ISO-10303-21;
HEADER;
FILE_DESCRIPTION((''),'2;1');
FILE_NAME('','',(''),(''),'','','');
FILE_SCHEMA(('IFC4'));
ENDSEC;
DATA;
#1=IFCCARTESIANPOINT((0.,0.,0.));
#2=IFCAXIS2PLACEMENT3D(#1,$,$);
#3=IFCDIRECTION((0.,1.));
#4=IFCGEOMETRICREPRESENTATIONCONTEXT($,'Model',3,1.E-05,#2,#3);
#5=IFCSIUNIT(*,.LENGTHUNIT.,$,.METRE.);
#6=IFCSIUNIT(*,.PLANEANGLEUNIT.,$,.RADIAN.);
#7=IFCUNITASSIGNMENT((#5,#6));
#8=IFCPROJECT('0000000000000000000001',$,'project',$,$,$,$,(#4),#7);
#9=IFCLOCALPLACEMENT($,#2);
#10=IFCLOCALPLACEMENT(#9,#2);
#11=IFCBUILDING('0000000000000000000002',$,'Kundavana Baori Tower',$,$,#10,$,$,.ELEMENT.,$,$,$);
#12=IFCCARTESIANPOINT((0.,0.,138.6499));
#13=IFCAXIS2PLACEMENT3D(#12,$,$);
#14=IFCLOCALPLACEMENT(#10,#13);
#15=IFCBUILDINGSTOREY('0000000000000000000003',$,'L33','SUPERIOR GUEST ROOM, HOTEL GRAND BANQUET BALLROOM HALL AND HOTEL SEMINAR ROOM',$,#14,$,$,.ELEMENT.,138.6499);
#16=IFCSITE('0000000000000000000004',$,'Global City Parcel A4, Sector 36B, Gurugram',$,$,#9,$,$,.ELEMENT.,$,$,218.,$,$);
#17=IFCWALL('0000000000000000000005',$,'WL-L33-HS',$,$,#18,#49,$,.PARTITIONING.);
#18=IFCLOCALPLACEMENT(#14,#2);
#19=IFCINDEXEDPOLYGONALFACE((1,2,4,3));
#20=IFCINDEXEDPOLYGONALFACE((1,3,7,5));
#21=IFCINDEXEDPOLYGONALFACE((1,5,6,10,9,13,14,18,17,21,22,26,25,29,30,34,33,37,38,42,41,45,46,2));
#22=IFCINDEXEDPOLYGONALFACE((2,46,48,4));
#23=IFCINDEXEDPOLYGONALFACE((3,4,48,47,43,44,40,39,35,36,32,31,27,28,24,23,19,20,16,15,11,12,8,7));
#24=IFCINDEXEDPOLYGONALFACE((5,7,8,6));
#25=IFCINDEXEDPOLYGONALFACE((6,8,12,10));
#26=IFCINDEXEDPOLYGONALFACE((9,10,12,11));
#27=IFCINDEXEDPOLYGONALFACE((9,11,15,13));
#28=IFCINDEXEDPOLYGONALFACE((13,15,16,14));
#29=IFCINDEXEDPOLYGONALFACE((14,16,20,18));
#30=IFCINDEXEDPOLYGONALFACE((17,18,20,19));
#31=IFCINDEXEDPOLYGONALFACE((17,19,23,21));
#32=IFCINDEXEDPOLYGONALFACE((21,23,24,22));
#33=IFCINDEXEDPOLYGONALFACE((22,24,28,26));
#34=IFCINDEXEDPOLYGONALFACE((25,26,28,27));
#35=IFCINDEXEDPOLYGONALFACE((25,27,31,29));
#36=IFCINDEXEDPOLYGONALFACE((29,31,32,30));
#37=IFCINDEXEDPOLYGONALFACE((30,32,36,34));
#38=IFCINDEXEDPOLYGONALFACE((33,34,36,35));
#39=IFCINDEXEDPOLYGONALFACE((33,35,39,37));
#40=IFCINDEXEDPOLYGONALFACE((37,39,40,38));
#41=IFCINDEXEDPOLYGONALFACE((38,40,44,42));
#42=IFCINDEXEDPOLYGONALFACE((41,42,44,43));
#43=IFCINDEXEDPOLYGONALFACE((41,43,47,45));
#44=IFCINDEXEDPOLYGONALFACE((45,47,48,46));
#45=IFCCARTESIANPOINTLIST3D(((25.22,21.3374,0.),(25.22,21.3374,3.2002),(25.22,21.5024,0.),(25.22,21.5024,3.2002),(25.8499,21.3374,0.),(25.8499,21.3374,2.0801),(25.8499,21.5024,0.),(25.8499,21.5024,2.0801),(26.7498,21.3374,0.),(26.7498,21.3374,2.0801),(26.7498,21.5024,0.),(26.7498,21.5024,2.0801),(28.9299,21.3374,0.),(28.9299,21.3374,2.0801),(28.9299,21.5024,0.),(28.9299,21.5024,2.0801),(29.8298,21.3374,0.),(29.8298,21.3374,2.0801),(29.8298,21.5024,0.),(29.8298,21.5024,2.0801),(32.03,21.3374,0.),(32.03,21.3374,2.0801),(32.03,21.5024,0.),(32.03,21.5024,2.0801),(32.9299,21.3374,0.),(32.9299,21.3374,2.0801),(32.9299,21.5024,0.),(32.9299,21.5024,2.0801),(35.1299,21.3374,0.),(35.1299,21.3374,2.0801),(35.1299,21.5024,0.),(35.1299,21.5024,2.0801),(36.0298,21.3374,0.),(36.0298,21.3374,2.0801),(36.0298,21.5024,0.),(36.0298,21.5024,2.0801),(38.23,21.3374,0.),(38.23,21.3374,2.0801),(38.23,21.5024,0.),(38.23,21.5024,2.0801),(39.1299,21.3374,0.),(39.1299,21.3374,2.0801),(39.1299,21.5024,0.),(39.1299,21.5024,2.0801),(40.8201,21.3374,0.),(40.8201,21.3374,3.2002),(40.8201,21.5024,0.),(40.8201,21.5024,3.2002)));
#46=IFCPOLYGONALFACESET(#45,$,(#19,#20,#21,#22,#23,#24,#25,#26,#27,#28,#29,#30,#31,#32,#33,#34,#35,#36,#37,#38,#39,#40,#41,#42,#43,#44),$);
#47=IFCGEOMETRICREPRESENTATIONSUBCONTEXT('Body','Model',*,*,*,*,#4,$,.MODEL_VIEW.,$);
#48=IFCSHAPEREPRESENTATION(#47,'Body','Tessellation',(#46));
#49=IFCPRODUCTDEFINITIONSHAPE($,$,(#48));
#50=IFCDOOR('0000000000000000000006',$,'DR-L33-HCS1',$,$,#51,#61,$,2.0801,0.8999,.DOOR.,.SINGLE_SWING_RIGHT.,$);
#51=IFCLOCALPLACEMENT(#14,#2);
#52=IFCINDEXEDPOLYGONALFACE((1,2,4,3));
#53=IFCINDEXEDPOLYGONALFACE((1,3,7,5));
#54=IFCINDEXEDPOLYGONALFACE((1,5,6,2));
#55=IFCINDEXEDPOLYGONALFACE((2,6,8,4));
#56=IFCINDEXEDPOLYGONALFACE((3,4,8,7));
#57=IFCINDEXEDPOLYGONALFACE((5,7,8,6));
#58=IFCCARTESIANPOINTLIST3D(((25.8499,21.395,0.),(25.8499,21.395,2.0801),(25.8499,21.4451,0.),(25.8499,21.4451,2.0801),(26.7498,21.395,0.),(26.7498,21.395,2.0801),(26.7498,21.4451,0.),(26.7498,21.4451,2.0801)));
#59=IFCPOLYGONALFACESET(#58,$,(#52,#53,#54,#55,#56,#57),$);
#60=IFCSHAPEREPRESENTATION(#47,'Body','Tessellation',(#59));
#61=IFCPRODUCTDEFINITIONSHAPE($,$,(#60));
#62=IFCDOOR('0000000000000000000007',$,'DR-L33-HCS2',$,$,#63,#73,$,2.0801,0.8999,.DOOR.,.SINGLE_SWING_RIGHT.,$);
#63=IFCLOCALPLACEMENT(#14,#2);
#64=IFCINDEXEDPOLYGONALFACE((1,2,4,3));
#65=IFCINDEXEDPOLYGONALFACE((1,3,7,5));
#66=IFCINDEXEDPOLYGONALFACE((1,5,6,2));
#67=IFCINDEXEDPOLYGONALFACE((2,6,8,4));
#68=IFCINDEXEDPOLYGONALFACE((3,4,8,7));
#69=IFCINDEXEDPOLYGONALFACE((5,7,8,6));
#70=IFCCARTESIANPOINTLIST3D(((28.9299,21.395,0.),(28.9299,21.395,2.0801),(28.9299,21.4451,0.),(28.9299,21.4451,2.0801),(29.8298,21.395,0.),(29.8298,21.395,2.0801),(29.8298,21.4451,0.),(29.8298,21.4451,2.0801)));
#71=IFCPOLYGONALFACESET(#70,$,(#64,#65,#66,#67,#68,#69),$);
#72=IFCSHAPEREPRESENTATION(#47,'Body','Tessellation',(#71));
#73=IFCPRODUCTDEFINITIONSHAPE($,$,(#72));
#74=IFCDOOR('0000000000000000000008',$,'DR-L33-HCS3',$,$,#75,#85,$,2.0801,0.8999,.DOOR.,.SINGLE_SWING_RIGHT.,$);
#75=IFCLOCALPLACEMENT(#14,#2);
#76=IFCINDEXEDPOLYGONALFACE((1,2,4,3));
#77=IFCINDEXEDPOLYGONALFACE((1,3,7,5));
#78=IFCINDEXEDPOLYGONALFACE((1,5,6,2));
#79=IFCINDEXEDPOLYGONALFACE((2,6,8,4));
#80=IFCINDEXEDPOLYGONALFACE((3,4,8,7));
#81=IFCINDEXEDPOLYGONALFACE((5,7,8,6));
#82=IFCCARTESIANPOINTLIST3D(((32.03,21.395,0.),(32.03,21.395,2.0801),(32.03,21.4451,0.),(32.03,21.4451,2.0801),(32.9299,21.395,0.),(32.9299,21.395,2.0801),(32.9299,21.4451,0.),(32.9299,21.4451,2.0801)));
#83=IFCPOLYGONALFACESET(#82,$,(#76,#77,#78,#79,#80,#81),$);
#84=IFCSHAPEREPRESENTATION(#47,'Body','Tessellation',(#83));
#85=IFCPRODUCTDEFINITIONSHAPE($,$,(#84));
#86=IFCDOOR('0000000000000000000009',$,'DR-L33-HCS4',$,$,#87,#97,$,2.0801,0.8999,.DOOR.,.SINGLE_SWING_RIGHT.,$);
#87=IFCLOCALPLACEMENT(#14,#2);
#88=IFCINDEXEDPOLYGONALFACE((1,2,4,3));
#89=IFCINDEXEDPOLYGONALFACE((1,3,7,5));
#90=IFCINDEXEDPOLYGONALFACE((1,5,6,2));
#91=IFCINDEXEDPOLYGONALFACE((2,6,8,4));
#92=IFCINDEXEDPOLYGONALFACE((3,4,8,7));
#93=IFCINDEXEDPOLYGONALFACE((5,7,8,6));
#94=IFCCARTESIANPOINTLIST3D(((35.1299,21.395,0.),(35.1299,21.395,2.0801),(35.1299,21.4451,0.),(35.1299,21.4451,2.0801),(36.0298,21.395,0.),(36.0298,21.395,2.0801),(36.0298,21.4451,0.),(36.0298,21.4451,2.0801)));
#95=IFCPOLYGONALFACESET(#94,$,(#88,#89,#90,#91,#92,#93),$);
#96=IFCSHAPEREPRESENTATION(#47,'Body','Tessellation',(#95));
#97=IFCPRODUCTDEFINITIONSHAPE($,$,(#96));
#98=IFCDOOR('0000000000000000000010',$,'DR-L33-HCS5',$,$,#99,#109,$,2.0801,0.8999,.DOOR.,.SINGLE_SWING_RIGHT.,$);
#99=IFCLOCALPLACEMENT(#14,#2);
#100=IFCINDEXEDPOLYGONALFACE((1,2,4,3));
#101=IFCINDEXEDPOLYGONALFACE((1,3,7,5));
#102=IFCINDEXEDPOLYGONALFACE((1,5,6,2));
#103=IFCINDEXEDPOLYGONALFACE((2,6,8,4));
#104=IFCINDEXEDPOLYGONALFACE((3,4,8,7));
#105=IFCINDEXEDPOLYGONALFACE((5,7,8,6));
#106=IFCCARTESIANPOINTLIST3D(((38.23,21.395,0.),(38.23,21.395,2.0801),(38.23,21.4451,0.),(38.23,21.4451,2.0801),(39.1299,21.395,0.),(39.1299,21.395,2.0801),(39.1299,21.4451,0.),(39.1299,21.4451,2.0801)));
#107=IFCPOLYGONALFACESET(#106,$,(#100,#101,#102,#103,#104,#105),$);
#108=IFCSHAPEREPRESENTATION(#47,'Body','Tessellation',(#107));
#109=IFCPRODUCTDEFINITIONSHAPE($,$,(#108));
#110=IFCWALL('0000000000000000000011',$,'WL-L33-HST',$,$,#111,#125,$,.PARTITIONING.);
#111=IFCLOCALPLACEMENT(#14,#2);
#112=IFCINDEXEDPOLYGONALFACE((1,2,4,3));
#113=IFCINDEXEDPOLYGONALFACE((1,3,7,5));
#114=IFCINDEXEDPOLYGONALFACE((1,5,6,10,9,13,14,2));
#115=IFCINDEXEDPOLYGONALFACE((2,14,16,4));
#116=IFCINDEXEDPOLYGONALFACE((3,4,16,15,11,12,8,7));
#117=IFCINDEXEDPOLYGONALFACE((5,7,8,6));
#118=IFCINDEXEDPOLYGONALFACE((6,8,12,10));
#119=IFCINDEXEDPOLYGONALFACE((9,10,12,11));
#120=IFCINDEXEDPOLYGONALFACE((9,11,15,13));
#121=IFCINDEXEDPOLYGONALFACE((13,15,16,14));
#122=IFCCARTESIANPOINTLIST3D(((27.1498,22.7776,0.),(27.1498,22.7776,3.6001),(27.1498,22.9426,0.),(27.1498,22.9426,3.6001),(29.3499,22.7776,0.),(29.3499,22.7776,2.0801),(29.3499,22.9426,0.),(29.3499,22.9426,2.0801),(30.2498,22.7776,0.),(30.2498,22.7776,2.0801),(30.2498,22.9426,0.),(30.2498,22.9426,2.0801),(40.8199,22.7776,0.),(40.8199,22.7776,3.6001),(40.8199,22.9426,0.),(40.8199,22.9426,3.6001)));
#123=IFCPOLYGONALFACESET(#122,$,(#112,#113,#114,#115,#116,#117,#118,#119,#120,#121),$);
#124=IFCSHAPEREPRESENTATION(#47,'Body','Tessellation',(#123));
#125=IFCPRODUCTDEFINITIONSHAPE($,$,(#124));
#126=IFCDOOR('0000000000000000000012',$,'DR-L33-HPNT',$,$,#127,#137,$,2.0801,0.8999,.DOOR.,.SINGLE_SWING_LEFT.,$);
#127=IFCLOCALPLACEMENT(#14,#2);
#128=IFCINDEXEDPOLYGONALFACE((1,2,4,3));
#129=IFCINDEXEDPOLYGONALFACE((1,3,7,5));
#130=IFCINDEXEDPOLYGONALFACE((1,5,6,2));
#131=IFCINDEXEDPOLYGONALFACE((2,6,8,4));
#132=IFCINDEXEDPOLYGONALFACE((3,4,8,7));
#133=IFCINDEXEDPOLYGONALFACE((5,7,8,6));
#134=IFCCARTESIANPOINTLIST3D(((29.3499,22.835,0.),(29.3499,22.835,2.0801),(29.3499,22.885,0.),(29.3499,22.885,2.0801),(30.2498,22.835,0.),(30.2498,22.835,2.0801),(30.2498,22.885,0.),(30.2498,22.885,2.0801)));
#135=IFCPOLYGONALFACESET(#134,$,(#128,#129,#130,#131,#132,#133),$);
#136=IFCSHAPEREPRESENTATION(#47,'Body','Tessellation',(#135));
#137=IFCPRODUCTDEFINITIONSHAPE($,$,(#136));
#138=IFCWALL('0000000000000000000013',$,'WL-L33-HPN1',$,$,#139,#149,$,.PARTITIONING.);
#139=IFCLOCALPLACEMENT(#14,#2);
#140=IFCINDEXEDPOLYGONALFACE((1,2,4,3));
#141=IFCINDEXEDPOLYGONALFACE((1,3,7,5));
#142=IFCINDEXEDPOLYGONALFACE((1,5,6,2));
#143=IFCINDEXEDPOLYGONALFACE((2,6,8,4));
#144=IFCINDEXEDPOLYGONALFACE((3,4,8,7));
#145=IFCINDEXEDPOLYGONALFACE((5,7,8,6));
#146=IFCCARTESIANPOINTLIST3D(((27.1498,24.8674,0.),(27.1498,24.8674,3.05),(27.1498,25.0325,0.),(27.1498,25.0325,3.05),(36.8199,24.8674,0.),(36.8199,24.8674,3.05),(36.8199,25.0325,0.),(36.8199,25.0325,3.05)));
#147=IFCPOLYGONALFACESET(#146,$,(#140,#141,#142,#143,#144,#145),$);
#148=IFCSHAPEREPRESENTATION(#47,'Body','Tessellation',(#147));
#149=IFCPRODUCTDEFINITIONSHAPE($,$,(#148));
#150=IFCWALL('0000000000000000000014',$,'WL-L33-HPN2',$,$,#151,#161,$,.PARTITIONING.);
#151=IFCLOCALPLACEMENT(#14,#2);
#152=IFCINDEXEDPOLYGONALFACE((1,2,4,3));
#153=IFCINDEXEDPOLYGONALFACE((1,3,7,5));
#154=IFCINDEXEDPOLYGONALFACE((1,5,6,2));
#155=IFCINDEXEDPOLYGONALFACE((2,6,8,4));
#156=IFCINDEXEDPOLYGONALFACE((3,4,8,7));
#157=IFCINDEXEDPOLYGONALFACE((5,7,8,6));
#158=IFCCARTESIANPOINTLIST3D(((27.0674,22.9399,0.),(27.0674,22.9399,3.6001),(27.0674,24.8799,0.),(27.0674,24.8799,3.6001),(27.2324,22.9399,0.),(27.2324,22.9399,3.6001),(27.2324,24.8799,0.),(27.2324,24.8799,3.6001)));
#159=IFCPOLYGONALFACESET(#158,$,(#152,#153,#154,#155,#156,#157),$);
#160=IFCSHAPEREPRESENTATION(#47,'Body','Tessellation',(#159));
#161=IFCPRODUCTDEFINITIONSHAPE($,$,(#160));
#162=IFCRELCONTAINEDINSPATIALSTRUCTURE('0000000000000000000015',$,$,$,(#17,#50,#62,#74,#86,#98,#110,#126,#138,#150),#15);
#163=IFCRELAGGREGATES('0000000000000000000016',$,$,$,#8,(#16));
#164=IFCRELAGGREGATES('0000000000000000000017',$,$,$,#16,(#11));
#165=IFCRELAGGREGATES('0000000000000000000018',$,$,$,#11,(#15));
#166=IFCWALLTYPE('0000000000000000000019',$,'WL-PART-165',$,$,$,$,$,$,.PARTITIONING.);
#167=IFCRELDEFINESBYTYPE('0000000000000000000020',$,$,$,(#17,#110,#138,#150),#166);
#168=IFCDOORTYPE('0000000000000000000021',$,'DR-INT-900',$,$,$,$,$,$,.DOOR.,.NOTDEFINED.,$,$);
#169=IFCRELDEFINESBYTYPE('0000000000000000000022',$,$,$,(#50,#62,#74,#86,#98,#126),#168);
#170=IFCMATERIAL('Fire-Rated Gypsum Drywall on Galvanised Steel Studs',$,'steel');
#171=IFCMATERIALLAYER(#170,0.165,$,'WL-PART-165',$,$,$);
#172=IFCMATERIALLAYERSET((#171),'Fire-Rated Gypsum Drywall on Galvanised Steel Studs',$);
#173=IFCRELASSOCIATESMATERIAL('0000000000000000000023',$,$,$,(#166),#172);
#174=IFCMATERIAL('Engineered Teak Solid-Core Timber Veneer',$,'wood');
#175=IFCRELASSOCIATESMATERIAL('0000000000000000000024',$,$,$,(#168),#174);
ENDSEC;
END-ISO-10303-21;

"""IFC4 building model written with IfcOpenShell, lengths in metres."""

from ifc_helpers import new_model, si_unit, direction, frame, frame_2d, origin, place, context, subcontext, project, spatial, rectangle, extrude, material, layer, layer_set, type_object, element, fill, save


model = new_model("IFC4")

# Units and contexts
model_context = context("Model", 3, precision=1e-05, world=origin(), true_north=direction((0.0, 1.0)))
body_context = subcontext(model_context, "Body", "Model", "MODEL_VIEW")
ifc_project = project(units=[si_unit("LENGTHUNIT", "METRE"), si_unit("PLANEANGLEUNIT", "RADIAN")], contexts=[model_context])

# Site, building, storey
site_placement = place(None, origin())
site = spatial("IfcSite", under=ifc_project, at=site_placement, Name="Global City Parcel A4, Sector 36B, Gurugram", CompositionType="ELEMENT", RefElevation=218.0)
building_placement = place(site_placement, origin())
building = spatial("IfcBuilding", under=site, at=building_placement, Name="Kundavana Baori Tower", CompositionType="ELEMENT")
storey_placement = place(building_placement, frame((0.0, 0.0, 138.6499)))
storey = spatial("IfcBuildingStorey", under=building, at=storey_placement, Name="L33", Description="SUPERIOR GUEST ROOM, HOTEL GRAND BANQUET BALLROOM HALL AND HOTEL SEMINAR ROOM", CompositionType="ELEMENT", Elevation=138.6499)

# Wall, openings, doors
ifc_material_1 = material(Name="Fire-Rated Gypsum Drywall on Galvanised Steel Studs", Category="steel")
ifc_layer = layer(ifc_material_1, 0.165, Name="WL-PART-165")
ifc_layer_set = layer_set([ifc_layer], Name="Fire-Rated Gypsum Drywall on Galvanised Steel Studs")
wall_type = type_object("IfcWallType", Name="WL-PART-165", PredefinedType="PARTITIONING", material=ifc_layer_set)
wall_1_placement = place(storey_placement, frame((25.22, 21.4199, 0.0), z_axis=(0.0, 0.0, 1.0), x_axis=(1.0, 0.0, 0.0)))
wall_1 = element("IfcWall", 1, at=wall_1_placement, inside=storey, type_object=wall_type, Name="WL-L33-HS", PredefinedType="PARTITIONING", context=body_context, shape_type="SweptSolid", body=[
    extrude(rectangle(XDim=15.6001, YDim=0.165, at=frame_2d((7.8, 0.0))), origin(), (0.0, 0.0, 1.0), 3.2002),
])
opening_1_placement = place(wall_1_placement, frame((0.6299, 0.0, 0.0)))
opening_1 = element("IfcOpeningElement", 2, at=opening_1_placement, cuts=wall_1, PredefinedType="OPENING", context=body_context, shape_type="SweptSolid", body=[
    extrude(rectangle(XDim=0.8999, YDim=2.0801, at=frame_2d((0.45, 1.04))), frame((0.0, 0.0925, 0.0), z_axis=(0.0, -1.0, 0.0), x_axis=(1.0, 0.0, 0.0)), (0.0, 0.0, 1.0), 0.1851),
])
opening_2_placement = place(wall_1_placement, frame((3.71, 0.0, 0.0)))
opening_2 = element("IfcOpeningElement", 3, at=opening_2_placement, cuts=wall_1, PredefinedType="OPENING", context=body_context, shape_type="SweptSolid", body=[
    extrude(rectangle(XDim=0.8999, YDim=2.0801, at=frame_2d((0.45, 1.04))), frame((0.0, 0.0925, 0.0), z_axis=(0.0, -1.0, 0.0), x_axis=(1.0, 0.0, 0.0)), (0.0, 0.0, 1.0), 0.1851),
])
opening_3_placement = place(wall_1_placement, frame((6.8101, 0.0, 0.0)))
opening_3 = element("IfcOpeningElement", 4, at=opening_3_placement, cuts=wall_1, PredefinedType="OPENING", context=body_context, shape_type="SweptSolid", body=[
    extrude(rectangle(XDim=0.8999, YDim=2.0801, at=frame_2d((0.45, 1.04))), frame((0.0, 0.0925, 0.0), z_axis=(0.0, -1.0, 0.0), x_axis=(1.0, 0.0, 0.0)), (0.0, 0.0, 1.0), 0.1851),
])
opening_4_placement = place(wall_1_placement, frame((9.9099, 0.0, 0.0)))
opening_4 = element("IfcOpeningElement", 5, at=opening_4_placement, cuts=wall_1, PredefinedType="OPENING", context=body_context, shape_type="SweptSolid", body=[
    extrude(rectangle(XDim=0.8999, YDim=2.0801, at=frame_2d((0.45, 1.04))), frame((0.0, 0.0925, 0.0), z_axis=(0.0, -1.0, 0.0), x_axis=(1.0, 0.0, 0.0)), (0.0, 0.0, 1.0), 0.1851),
])
opening_5_placement = place(wall_1_placement, frame((13.01, 0.0, 0.0)))
opening_5 = element("IfcOpeningElement", 6, at=opening_5_placement, cuts=wall_1, PredefinedType="OPENING", context=body_context, shape_type="SweptSolid", body=[
    extrude(rectangle(XDim=0.8999, YDim=2.0801, at=frame_2d((0.45, 1.04))), frame((0.0, 0.0925, 0.0), z_axis=(0.0, -1.0, 0.0), x_axis=(1.0, 0.0, 0.0)), (0.0, 0.0, 1.0), 0.1851),
])
ifc_material_2 = material(Name="Engineered Teak Solid-Core Timber Veneer", Category="wood")
door_type_1 = type_object("IfcDoorType", Name="DR-INT-900", OperationType="NOTDEFINED", PredefinedType="DOOR", material=ifc_material_2)
door_1_placement = place(opening_1_placement, frame((0.8999, 0.0, 0.0), z_axis=(0.0, 0.0, 1.0), x_axis=(-1.0, 0.0, 0.0)))
door_1 = element("IfcDoor", 7, at=door_1_placement, inside=storey, type_object=door_type_1, Name="DR-L33-HCS1", OperationType="SINGLE_SWING_RIGHT", OverallHeight=2.0801, OverallWidth=0.8999, PredefinedType="DOOR", context=body_context, shape_type="SweptSolid", body=[
    extrude(rectangle(XDim=0.8999, YDim=2.0801, at=frame_2d((0.45, 1.04))), frame((0.0, 0.0249, 0.0), z_axis=(0.0, -1.0, 0.0), x_axis=(1.0, 0.0, 0.0)), (0.0, 0.0, 1.0), 0.05),
])
fill(opening_1, door_1)
door_2_placement = place(opening_2_placement, frame((0.8999, 0.0, 0.0), z_axis=(0.0, 0.0, 1.0), x_axis=(-1.0, 0.0, 0.0)))
door_2 = element("IfcDoor", 8, at=door_2_placement, inside=storey, type_object=door_type_1, Name="DR-L33-HCS2", OperationType="SINGLE_SWING_RIGHT", OverallHeight=2.0801, OverallWidth=0.8999, PredefinedType="DOOR", context=body_context, shape_type="SweptSolid", body=[
    extrude(rectangle(XDim=0.8999, YDim=2.0801, at=frame_2d((0.45, 1.04))), frame((0.0, 0.0249, 0.0), z_axis=(0.0, -1.0, 0.0), x_axis=(1.0, 0.0, 0.0)), (0.0, 0.0, 1.0), 0.05),
])
fill(opening_2, door_2)
door_3_placement = place(opening_3_placement, frame((0.8999, 0.0, 0.0), z_axis=(0.0, 0.0, 1.0), x_axis=(-1.0, 0.0, 0.0)))
door_3 = element("IfcDoor", 9, at=door_3_placement, inside=storey, type_object=door_type_1, Name="DR-L33-HCS3", OperationType="SINGLE_SWING_RIGHT", OverallHeight=2.0801, OverallWidth=0.8999, PredefinedType="DOOR", context=body_context, shape_type="SweptSolid", body=[
    extrude(rectangle(XDim=0.8999, YDim=2.0801, at=frame_2d((0.45, 1.04))), frame((0.0, 0.0249, 0.0), z_axis=(0.0, -1.0, 0.0), x_axis=(1.0, 0.0, 0.0)), (0.0, 0.0, 1.0), 0.05),
])
fill(opening_3, door_3)
door_4_placement = place(opening_4_placement, frame((0.8999, 0.0, 0.0), z_axis=(0.0, 0.0, 1.0), x_axis=(-1.0, 0.0, 0.0)))
door_4 = element("IfcDoor", 10, at=door_4_placement, inside=storey, type_object=door_type_1, Name="DR-L33-HCS4", OperationType="SINGLE_SWING_RIGHT", OverallHeight=2.0801, OverallWidth=0.8999, PredefinedType="DOOR", context=body_context, shape_type="SweptSolid", body=[
    extrude(rectangle(XDim=0.8999, YDim=2.0801, at=frame_2d((0.45, 1.04))), frame((0.0, 0.0249, 0.0), z_axis=(0.0, -1.0, 0.0), x_axis=(1.0, 0.0, 0.0)), (0.0, 0.0, 1.0), 0.05),
])
fill(opening_4, door_4)
door_5_placement = place(opening_5_placement, frame((0.8999, 0.0, 0.0), z_axis=(0.0, 0.0, 1.0), x_axis=(-1.0, 0.0, 0.0)))
door_5 = element("IfcDoor", 11, at=door_5_placement, inside=storey, type_object=door_type_1, Name="DR-L33-HCS5", OperationType="SINGLE_SWING_RIGHT", OverallHeight=2.0801, OverallWidth=0.8999, PredefinedType="DOOR", context=body_context, shape_type="SweptSolid", body=[
    extrude(rectangle(XDim=0.8999, YDim=2.0801, at=frame_2d((0.45, 1.04))), frame((0.0, 0.0249, 0.0), z_axis=(0.0, -1.0, 0.0), x_axis=(1.0, 0.0, 0.0)), (0.0, 0.0, 1.0), 0.05),
])
fill(opening_5, door_5)

# Wall, opening, door
wall_2_placement = place(storey_placement, frame((27.1499, 22.8601, 0.0), z_axis=(0.0, 0.0, 1.0), x_axis=(1.0, 0.0, 0.0)))
wall_2 = element("IfcWall", 12, at=wall_2_placement, inside=storey, type_object=wall_type, Name="WL-L33-HST", PredefinedType="PARTITIONING", context=body_context, shape_type="SweptSolid", body=[
    extrude(rectangle(XDim=13.6702, YDim=0.165, at=frame_2d((6.835, 0.0))), origin(), (0.0, 0.0, 1.0), 3.6001),
])
opening_6_placement = place(wall_2_placement, frame((2.2, 0.0, 0.0)))
opening_6 = element("IfcOpeningElement", 13, at=opening_6_placement, cuts=wall_2, PredefinedType="OPENING", context=body_context, shape_type="SweptSolid", body=[
    extrude(rectangle(XDim=0.8999, YDim=2.0801, at=frame_2d((0.45, 1.04))), frame((0.0, 0.0925, 0.0), z_axis=(0.0, -1.0, 0.0), x_axis=(1.0, 0.0, 0.0)), (0.0, 0.0, 1.0), 0.1851),
])
door_6_placement = place(opening_6_placement, origin())
door_6 = element("IfcDoor", 14, at=door_6_placement, inside=storey, type_object=door_type_1, Name="DR-L33-HPNT", OperationType="SINGLE_SWING_LEFT", OverallHeight=2.0801, OverallWidth=0.8999, PredefinedType="DOOR", context=body_context, shape_type="SweptSolid", body=[
    extrude(rectangle(XDim=0.8999, YDim=2.0801, at=frame_2d((0.45, 1.04))), frame((0.0, 0.0249, 0.0), z_axis=(0.0, -1.0, 0.0), x_axis=(1.0, 0.0, 0.0)), (0.0, 0.0, 1.0), 0.05),
])
fill(opening_6, door_6)

# Walls
wall_3_placement = place(storey_placement, frame((27.1499, 24.95, 0.0), z_axis=(0.0, 0.0, 1.0), x_axis=(1.0, 0.0, 0.0)))
element("IfcWall", 15, at=wall_3_placement, inside=storey, type_object=wall_type, Name="WL-L33-HPN1", PredefinedType="PARTITIONING", context=body_context, shape_type="SweptSolid", body=[
    extrude(rectangle(XDim=9.6702, YDim=0.165, at=frame_2d((4.835, 0.0))), origin(), (0.0, 0.0, 1.0), 3.05),
])
wall_4_placement = place(storey_placement, frame((27.1499, 22.9399, 0.0), z_axis=(0.0, 0.0, 1.0), x_axis=(0.0, 1.0, 0.0)))
element("IfcWall", 16, at=wall_4_placement, inside=storey, type_object=wall_type, Name="WL-L33-HPN2", PredefinedType="PARTITIONING", context=body_context, shape_type="SweptSolid", body=[
    extrude(rectangle(XDim=1.9399, YDim=0.165, at=frame_2d((0.97, 0.0))), origin(), (0.0, 0.0, 1.0), 3.6001),
])

save(model, "model.ifc")
